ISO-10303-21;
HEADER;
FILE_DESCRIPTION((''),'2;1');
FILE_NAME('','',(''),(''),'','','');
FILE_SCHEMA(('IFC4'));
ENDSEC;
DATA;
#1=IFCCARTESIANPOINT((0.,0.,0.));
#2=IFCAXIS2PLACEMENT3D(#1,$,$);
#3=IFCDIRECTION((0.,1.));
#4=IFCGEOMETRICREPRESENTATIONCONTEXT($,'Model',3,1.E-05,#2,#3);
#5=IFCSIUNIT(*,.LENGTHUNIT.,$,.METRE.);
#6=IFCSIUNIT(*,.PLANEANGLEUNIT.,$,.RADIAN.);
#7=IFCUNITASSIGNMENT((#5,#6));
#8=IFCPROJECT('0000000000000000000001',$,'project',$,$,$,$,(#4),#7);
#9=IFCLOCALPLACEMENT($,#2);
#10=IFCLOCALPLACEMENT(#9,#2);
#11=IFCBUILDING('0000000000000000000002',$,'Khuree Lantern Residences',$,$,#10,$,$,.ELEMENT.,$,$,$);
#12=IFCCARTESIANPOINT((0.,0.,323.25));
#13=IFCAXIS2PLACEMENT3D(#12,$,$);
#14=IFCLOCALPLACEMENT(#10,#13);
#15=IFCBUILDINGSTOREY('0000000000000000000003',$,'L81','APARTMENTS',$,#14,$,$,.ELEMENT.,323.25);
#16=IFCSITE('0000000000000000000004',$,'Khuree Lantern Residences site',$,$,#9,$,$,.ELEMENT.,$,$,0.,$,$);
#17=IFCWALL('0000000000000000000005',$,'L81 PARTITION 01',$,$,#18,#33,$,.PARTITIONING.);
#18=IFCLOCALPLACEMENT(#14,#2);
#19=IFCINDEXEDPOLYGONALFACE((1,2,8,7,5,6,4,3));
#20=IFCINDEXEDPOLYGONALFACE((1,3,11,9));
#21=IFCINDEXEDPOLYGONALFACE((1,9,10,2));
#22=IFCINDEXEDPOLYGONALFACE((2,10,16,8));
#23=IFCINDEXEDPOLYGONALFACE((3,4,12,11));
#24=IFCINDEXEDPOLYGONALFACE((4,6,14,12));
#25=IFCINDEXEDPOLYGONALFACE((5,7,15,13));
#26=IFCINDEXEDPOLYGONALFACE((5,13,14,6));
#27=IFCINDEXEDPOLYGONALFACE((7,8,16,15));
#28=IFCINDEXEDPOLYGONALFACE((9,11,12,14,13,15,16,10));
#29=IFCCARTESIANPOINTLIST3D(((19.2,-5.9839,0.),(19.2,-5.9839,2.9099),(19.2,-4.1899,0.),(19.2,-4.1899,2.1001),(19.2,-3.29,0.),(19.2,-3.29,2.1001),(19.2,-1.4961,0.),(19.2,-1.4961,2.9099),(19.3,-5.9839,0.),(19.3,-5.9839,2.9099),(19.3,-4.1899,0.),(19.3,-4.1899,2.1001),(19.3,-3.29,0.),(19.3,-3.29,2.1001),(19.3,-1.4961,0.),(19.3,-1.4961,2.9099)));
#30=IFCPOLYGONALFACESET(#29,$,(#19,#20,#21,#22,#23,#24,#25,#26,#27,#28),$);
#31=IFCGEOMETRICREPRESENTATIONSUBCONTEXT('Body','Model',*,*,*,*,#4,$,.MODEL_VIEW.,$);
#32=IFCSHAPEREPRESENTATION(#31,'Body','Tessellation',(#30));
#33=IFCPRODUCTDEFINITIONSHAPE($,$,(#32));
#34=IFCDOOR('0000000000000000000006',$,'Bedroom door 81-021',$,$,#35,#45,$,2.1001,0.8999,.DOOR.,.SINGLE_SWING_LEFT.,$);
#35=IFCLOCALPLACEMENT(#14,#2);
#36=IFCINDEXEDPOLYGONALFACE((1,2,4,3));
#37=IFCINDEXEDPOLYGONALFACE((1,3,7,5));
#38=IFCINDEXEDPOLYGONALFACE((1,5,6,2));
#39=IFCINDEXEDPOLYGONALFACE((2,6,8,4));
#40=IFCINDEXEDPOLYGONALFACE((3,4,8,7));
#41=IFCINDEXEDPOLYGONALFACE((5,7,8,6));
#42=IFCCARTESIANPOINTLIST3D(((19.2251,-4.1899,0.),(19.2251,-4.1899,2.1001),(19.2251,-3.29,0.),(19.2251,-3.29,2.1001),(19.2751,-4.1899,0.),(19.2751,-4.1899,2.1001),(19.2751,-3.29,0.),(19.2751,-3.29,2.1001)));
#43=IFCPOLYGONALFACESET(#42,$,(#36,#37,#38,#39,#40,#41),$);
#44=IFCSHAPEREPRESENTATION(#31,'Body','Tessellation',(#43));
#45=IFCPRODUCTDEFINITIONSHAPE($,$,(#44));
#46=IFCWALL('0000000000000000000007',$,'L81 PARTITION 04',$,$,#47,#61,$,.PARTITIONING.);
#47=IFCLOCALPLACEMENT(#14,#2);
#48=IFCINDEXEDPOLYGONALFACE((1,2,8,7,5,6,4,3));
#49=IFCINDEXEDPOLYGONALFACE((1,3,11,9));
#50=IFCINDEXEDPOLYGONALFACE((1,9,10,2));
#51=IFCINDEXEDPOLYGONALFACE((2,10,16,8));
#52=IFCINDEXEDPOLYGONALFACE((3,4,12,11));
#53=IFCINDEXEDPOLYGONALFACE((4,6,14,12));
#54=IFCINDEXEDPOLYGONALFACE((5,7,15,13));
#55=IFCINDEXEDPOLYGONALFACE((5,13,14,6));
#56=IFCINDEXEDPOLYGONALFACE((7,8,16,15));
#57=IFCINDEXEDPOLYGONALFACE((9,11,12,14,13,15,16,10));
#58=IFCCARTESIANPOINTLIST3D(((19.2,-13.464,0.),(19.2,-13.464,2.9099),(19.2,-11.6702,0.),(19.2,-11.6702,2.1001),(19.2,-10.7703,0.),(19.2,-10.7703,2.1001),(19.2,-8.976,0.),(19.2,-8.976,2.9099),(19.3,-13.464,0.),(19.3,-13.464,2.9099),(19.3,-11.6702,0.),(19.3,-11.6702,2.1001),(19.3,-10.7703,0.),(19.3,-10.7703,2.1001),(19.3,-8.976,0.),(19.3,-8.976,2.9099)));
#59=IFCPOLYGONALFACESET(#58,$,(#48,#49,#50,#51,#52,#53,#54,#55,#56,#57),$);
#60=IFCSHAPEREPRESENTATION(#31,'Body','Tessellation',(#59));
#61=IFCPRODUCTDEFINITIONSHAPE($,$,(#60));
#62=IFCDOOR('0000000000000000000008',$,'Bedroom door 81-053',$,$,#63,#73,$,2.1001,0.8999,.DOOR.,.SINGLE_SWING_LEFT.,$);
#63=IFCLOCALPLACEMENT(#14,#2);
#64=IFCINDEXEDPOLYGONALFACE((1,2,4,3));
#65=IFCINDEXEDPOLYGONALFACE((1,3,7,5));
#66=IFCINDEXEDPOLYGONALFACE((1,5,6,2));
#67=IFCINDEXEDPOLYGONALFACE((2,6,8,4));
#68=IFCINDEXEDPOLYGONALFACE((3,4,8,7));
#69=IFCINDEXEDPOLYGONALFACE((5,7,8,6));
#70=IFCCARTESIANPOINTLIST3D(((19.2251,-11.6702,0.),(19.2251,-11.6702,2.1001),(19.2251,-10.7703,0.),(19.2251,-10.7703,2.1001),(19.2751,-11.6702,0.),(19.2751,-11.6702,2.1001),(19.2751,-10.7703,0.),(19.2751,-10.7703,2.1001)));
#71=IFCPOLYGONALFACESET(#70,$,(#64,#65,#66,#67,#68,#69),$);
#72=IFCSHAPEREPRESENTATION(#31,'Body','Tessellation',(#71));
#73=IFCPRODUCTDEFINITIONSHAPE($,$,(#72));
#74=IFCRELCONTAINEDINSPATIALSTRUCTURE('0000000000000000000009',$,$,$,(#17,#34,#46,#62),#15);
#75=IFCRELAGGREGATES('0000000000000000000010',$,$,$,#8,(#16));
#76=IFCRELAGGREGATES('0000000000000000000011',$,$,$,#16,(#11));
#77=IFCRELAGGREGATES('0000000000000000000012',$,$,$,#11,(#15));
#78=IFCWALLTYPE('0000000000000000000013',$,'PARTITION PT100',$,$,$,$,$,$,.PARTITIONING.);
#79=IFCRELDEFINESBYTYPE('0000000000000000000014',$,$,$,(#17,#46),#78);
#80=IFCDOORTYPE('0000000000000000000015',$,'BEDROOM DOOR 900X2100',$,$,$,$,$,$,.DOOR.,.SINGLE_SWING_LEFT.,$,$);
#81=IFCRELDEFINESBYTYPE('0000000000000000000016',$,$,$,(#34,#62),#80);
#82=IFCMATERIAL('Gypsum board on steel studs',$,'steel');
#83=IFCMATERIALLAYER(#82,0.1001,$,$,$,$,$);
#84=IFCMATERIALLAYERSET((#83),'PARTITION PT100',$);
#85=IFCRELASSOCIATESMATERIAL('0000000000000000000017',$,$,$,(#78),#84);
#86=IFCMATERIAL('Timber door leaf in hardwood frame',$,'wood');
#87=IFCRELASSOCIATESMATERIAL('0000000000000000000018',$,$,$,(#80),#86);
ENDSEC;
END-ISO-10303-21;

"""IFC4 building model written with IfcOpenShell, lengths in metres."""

from ifc_helpers import new_model, si_unit, direction, frame, frame_2d, origin, place, context, subcontext, project, spatial, rectangle, extrude, material, layer, layer_set, type_object, element, fill, save


model = new_model("IFC4")

# Units and contexts
model_context = context("Model", 3, precision=1e-05, world=origin(), true_north=direction((0.0, 1.0)))
body_context = subcontext(model_context, "Body", "Model", "MODEL_VIEW")
ifc_project = project(units=[si_unit("LENGTHUNIT", "METRE"), si_unit("PLANEANGLEUNIT", "RADIAN")], contexts=[model_context])

# Site, building, storey
site_placement = place(None, origin())
site = spatial("IfcSite", under=ifc_project, at=site_placement, Name="Khuree Lantern Residences site", CompositionType="ELEMENT", RefElevation=0.0)
building_placement = place(site_placement, origin())
building = spatial("IfcBuilding", under=site, at=building_placement, Name="Khuree Lantern Residences", CompositionType="ELEMENT")
storey_placement = place(building_placement, frame((0.0, 0.0, 323.25)))
storey = spatial("IfcBuildingStorey", under=building, at=storey_placement, Name="L81", Description="APARTMENTS", CompositionType="ELEMENT", Elevation=323.25)

# Shared definitions
ifc_material_1 = material(Name="Gypsum board on steel studs", Category="steel")

# Shared definitions
ifc_material_2 = material(Name="Timber door leaf in hardwood frame", Category="wood")

# Shared definitions
ifc_layer_1 = layer(ifc_material_1, 0.1001)
ifc_layer_set_1 = layer_set([ifc_layer_1], Name="PARTITION PT100")
wall_type_1 = type_object("IfcWallType", Name="PARTITION PT100", PredefinedType="PARTITIONING", material=ifc_layer_set_1)

# Walls, openings, doors
wall_1_placement = place(storey_placement, frame((19.25, -5.9839, 0.0), z_axis=(0.0, 0.0, 1.0), x_axis=(0.0, 1.0, 0.0)))
wall_1 = element("IfcWall", 1, at=wall_1_placement, inside=storey, type_object=wall_type_1, Name="L81 PARTITION 01", PredefinedType="PARTITIONING", context=body_context, shape_type="SweptSolid", body=[
    extrude(rectangle(XDim=4.4878, YDim=0.1001, at=frame_2d((2.2439, 0.0))), origin(), (0.0, 0.0, 1.0), 2.9099),
])
opening_1_placement = place(wall_1_placement, frame((1.7939, 0.0, 0.0)))
opening_1 = element("IfcOpeningElement", 2, at=opening_1_placement, cuts=wall_1, PredefinedType="OPENING", context=body_context, shape_type="SweptSolid", body=[
    extrude(rectangle(XDim=0.8999, YDim=2.1001, at=frame_2d((0.45, 1.05))), frame((0.0, 0.0601, 0.0), z_axis=(0.0, -1.0, 0.0), x_axis=(1.0, 0.0, 0.0)), (0.0, 0.0, 1.0), 0.1201),
])
door_type_1 = type_object("IfcDoorType", Name="BEDROOM DOOR 900X2100", OperationType="SINGLE_SWING_LEFT", PredefinedType="DOOR", material=ifc_material_2)
door_1_placement = place(opening_1_placement, origin())
door_1 = element("IfcDoor", 3, at=door_1_placement, inside=storey, type_object=door_type_1, Name="Bedroom door 81-021", OperationType="SINGLE_SWING_LEFT", OverallHeight=2.1001, OverallWidth=0.8999, PredefinedType="DOOR", context=body_context, shape_type="SweptSolid", body=[
    extrude(rectangle(XDim=0.8999, YDim=2.1001, at=frame_2d((0.45, 1.05))), frame((0.0, 0.0249, 0.0), z_axis=(0.0, -1.0, 0.0), x_axis=(1.0, 0.0, 0.0)), (0.0, 0.0, 1.0), 0.05),
])
fill(opening_1, door_1)
wall_2_placement = place(storey_placement, frame((19.25, -13.4641, 0.0), z_axis=(0.0, 0.0, 1.0), x_axis=(0.0, 1.0, 0.0)))
wall_2 = element("IfcWall", 4, at=wall_2_placement, inside=storey, type_object=wall_type_1, Name="L81 PARTITION 04", PredefinedType="PARTITIONING", context=body_context, shape_type="SweptSolid", body=[
    extrude(rectangle(XDim=4.488, YDim=0.1001, at=frame_2d((2.2441, 0.0))), origin(), (0.0, 0.0, 1.0), 2.9099),
])
opening_2_placement = place(wall_2_placement, frame((1.7939, 0.0, 0.0)))
opening_2 = element("IfcOpeningElement", 5, at=opening_2_placement, cuts=wall_2, PredefinedType="OPENING", context=body_context, shape_type="SweptSolid", body=[
    extrude(rectangle(XDim=0.8999, YDim=2.1001, at=frame_2d((0.45, 1.05))), frame((0.0, 0.0601, 0.0), z_axis=(0.0, -1.0, 0.0), x_axis=(1.0, 0.0, 0.0)), (0.0, 0.0, 1.0), 0.1201),
])
door_2_placement = place(opening_2_placement, origin())
door_2 = element("IfcDoor", 6, at=door_2_placement, inside=storey, type_object=door_type_1, Name="Bedroom door 81-053", OperationType="SINGLE_SWING_LEFT", OverallHeight=2.1001, OverallWidth=0.8999, PredefinedType="DOOR", context=body_context, shape_type="SweptSolid", body=[
    extrude(rectangle(XDim=0.8999, YDim=2.1001, at=frame_2d((0.45, 1.05))), frame((0.0, 0.0249, 0.0), z_axis=(0.0, -1.0, 0.0), x_axis=(1.0, 0.0, 0.0)), (0.0, 0.0, 1.0), 0.05),
])
fill(opening_2, door_2)

save(model, "model.ifc")
